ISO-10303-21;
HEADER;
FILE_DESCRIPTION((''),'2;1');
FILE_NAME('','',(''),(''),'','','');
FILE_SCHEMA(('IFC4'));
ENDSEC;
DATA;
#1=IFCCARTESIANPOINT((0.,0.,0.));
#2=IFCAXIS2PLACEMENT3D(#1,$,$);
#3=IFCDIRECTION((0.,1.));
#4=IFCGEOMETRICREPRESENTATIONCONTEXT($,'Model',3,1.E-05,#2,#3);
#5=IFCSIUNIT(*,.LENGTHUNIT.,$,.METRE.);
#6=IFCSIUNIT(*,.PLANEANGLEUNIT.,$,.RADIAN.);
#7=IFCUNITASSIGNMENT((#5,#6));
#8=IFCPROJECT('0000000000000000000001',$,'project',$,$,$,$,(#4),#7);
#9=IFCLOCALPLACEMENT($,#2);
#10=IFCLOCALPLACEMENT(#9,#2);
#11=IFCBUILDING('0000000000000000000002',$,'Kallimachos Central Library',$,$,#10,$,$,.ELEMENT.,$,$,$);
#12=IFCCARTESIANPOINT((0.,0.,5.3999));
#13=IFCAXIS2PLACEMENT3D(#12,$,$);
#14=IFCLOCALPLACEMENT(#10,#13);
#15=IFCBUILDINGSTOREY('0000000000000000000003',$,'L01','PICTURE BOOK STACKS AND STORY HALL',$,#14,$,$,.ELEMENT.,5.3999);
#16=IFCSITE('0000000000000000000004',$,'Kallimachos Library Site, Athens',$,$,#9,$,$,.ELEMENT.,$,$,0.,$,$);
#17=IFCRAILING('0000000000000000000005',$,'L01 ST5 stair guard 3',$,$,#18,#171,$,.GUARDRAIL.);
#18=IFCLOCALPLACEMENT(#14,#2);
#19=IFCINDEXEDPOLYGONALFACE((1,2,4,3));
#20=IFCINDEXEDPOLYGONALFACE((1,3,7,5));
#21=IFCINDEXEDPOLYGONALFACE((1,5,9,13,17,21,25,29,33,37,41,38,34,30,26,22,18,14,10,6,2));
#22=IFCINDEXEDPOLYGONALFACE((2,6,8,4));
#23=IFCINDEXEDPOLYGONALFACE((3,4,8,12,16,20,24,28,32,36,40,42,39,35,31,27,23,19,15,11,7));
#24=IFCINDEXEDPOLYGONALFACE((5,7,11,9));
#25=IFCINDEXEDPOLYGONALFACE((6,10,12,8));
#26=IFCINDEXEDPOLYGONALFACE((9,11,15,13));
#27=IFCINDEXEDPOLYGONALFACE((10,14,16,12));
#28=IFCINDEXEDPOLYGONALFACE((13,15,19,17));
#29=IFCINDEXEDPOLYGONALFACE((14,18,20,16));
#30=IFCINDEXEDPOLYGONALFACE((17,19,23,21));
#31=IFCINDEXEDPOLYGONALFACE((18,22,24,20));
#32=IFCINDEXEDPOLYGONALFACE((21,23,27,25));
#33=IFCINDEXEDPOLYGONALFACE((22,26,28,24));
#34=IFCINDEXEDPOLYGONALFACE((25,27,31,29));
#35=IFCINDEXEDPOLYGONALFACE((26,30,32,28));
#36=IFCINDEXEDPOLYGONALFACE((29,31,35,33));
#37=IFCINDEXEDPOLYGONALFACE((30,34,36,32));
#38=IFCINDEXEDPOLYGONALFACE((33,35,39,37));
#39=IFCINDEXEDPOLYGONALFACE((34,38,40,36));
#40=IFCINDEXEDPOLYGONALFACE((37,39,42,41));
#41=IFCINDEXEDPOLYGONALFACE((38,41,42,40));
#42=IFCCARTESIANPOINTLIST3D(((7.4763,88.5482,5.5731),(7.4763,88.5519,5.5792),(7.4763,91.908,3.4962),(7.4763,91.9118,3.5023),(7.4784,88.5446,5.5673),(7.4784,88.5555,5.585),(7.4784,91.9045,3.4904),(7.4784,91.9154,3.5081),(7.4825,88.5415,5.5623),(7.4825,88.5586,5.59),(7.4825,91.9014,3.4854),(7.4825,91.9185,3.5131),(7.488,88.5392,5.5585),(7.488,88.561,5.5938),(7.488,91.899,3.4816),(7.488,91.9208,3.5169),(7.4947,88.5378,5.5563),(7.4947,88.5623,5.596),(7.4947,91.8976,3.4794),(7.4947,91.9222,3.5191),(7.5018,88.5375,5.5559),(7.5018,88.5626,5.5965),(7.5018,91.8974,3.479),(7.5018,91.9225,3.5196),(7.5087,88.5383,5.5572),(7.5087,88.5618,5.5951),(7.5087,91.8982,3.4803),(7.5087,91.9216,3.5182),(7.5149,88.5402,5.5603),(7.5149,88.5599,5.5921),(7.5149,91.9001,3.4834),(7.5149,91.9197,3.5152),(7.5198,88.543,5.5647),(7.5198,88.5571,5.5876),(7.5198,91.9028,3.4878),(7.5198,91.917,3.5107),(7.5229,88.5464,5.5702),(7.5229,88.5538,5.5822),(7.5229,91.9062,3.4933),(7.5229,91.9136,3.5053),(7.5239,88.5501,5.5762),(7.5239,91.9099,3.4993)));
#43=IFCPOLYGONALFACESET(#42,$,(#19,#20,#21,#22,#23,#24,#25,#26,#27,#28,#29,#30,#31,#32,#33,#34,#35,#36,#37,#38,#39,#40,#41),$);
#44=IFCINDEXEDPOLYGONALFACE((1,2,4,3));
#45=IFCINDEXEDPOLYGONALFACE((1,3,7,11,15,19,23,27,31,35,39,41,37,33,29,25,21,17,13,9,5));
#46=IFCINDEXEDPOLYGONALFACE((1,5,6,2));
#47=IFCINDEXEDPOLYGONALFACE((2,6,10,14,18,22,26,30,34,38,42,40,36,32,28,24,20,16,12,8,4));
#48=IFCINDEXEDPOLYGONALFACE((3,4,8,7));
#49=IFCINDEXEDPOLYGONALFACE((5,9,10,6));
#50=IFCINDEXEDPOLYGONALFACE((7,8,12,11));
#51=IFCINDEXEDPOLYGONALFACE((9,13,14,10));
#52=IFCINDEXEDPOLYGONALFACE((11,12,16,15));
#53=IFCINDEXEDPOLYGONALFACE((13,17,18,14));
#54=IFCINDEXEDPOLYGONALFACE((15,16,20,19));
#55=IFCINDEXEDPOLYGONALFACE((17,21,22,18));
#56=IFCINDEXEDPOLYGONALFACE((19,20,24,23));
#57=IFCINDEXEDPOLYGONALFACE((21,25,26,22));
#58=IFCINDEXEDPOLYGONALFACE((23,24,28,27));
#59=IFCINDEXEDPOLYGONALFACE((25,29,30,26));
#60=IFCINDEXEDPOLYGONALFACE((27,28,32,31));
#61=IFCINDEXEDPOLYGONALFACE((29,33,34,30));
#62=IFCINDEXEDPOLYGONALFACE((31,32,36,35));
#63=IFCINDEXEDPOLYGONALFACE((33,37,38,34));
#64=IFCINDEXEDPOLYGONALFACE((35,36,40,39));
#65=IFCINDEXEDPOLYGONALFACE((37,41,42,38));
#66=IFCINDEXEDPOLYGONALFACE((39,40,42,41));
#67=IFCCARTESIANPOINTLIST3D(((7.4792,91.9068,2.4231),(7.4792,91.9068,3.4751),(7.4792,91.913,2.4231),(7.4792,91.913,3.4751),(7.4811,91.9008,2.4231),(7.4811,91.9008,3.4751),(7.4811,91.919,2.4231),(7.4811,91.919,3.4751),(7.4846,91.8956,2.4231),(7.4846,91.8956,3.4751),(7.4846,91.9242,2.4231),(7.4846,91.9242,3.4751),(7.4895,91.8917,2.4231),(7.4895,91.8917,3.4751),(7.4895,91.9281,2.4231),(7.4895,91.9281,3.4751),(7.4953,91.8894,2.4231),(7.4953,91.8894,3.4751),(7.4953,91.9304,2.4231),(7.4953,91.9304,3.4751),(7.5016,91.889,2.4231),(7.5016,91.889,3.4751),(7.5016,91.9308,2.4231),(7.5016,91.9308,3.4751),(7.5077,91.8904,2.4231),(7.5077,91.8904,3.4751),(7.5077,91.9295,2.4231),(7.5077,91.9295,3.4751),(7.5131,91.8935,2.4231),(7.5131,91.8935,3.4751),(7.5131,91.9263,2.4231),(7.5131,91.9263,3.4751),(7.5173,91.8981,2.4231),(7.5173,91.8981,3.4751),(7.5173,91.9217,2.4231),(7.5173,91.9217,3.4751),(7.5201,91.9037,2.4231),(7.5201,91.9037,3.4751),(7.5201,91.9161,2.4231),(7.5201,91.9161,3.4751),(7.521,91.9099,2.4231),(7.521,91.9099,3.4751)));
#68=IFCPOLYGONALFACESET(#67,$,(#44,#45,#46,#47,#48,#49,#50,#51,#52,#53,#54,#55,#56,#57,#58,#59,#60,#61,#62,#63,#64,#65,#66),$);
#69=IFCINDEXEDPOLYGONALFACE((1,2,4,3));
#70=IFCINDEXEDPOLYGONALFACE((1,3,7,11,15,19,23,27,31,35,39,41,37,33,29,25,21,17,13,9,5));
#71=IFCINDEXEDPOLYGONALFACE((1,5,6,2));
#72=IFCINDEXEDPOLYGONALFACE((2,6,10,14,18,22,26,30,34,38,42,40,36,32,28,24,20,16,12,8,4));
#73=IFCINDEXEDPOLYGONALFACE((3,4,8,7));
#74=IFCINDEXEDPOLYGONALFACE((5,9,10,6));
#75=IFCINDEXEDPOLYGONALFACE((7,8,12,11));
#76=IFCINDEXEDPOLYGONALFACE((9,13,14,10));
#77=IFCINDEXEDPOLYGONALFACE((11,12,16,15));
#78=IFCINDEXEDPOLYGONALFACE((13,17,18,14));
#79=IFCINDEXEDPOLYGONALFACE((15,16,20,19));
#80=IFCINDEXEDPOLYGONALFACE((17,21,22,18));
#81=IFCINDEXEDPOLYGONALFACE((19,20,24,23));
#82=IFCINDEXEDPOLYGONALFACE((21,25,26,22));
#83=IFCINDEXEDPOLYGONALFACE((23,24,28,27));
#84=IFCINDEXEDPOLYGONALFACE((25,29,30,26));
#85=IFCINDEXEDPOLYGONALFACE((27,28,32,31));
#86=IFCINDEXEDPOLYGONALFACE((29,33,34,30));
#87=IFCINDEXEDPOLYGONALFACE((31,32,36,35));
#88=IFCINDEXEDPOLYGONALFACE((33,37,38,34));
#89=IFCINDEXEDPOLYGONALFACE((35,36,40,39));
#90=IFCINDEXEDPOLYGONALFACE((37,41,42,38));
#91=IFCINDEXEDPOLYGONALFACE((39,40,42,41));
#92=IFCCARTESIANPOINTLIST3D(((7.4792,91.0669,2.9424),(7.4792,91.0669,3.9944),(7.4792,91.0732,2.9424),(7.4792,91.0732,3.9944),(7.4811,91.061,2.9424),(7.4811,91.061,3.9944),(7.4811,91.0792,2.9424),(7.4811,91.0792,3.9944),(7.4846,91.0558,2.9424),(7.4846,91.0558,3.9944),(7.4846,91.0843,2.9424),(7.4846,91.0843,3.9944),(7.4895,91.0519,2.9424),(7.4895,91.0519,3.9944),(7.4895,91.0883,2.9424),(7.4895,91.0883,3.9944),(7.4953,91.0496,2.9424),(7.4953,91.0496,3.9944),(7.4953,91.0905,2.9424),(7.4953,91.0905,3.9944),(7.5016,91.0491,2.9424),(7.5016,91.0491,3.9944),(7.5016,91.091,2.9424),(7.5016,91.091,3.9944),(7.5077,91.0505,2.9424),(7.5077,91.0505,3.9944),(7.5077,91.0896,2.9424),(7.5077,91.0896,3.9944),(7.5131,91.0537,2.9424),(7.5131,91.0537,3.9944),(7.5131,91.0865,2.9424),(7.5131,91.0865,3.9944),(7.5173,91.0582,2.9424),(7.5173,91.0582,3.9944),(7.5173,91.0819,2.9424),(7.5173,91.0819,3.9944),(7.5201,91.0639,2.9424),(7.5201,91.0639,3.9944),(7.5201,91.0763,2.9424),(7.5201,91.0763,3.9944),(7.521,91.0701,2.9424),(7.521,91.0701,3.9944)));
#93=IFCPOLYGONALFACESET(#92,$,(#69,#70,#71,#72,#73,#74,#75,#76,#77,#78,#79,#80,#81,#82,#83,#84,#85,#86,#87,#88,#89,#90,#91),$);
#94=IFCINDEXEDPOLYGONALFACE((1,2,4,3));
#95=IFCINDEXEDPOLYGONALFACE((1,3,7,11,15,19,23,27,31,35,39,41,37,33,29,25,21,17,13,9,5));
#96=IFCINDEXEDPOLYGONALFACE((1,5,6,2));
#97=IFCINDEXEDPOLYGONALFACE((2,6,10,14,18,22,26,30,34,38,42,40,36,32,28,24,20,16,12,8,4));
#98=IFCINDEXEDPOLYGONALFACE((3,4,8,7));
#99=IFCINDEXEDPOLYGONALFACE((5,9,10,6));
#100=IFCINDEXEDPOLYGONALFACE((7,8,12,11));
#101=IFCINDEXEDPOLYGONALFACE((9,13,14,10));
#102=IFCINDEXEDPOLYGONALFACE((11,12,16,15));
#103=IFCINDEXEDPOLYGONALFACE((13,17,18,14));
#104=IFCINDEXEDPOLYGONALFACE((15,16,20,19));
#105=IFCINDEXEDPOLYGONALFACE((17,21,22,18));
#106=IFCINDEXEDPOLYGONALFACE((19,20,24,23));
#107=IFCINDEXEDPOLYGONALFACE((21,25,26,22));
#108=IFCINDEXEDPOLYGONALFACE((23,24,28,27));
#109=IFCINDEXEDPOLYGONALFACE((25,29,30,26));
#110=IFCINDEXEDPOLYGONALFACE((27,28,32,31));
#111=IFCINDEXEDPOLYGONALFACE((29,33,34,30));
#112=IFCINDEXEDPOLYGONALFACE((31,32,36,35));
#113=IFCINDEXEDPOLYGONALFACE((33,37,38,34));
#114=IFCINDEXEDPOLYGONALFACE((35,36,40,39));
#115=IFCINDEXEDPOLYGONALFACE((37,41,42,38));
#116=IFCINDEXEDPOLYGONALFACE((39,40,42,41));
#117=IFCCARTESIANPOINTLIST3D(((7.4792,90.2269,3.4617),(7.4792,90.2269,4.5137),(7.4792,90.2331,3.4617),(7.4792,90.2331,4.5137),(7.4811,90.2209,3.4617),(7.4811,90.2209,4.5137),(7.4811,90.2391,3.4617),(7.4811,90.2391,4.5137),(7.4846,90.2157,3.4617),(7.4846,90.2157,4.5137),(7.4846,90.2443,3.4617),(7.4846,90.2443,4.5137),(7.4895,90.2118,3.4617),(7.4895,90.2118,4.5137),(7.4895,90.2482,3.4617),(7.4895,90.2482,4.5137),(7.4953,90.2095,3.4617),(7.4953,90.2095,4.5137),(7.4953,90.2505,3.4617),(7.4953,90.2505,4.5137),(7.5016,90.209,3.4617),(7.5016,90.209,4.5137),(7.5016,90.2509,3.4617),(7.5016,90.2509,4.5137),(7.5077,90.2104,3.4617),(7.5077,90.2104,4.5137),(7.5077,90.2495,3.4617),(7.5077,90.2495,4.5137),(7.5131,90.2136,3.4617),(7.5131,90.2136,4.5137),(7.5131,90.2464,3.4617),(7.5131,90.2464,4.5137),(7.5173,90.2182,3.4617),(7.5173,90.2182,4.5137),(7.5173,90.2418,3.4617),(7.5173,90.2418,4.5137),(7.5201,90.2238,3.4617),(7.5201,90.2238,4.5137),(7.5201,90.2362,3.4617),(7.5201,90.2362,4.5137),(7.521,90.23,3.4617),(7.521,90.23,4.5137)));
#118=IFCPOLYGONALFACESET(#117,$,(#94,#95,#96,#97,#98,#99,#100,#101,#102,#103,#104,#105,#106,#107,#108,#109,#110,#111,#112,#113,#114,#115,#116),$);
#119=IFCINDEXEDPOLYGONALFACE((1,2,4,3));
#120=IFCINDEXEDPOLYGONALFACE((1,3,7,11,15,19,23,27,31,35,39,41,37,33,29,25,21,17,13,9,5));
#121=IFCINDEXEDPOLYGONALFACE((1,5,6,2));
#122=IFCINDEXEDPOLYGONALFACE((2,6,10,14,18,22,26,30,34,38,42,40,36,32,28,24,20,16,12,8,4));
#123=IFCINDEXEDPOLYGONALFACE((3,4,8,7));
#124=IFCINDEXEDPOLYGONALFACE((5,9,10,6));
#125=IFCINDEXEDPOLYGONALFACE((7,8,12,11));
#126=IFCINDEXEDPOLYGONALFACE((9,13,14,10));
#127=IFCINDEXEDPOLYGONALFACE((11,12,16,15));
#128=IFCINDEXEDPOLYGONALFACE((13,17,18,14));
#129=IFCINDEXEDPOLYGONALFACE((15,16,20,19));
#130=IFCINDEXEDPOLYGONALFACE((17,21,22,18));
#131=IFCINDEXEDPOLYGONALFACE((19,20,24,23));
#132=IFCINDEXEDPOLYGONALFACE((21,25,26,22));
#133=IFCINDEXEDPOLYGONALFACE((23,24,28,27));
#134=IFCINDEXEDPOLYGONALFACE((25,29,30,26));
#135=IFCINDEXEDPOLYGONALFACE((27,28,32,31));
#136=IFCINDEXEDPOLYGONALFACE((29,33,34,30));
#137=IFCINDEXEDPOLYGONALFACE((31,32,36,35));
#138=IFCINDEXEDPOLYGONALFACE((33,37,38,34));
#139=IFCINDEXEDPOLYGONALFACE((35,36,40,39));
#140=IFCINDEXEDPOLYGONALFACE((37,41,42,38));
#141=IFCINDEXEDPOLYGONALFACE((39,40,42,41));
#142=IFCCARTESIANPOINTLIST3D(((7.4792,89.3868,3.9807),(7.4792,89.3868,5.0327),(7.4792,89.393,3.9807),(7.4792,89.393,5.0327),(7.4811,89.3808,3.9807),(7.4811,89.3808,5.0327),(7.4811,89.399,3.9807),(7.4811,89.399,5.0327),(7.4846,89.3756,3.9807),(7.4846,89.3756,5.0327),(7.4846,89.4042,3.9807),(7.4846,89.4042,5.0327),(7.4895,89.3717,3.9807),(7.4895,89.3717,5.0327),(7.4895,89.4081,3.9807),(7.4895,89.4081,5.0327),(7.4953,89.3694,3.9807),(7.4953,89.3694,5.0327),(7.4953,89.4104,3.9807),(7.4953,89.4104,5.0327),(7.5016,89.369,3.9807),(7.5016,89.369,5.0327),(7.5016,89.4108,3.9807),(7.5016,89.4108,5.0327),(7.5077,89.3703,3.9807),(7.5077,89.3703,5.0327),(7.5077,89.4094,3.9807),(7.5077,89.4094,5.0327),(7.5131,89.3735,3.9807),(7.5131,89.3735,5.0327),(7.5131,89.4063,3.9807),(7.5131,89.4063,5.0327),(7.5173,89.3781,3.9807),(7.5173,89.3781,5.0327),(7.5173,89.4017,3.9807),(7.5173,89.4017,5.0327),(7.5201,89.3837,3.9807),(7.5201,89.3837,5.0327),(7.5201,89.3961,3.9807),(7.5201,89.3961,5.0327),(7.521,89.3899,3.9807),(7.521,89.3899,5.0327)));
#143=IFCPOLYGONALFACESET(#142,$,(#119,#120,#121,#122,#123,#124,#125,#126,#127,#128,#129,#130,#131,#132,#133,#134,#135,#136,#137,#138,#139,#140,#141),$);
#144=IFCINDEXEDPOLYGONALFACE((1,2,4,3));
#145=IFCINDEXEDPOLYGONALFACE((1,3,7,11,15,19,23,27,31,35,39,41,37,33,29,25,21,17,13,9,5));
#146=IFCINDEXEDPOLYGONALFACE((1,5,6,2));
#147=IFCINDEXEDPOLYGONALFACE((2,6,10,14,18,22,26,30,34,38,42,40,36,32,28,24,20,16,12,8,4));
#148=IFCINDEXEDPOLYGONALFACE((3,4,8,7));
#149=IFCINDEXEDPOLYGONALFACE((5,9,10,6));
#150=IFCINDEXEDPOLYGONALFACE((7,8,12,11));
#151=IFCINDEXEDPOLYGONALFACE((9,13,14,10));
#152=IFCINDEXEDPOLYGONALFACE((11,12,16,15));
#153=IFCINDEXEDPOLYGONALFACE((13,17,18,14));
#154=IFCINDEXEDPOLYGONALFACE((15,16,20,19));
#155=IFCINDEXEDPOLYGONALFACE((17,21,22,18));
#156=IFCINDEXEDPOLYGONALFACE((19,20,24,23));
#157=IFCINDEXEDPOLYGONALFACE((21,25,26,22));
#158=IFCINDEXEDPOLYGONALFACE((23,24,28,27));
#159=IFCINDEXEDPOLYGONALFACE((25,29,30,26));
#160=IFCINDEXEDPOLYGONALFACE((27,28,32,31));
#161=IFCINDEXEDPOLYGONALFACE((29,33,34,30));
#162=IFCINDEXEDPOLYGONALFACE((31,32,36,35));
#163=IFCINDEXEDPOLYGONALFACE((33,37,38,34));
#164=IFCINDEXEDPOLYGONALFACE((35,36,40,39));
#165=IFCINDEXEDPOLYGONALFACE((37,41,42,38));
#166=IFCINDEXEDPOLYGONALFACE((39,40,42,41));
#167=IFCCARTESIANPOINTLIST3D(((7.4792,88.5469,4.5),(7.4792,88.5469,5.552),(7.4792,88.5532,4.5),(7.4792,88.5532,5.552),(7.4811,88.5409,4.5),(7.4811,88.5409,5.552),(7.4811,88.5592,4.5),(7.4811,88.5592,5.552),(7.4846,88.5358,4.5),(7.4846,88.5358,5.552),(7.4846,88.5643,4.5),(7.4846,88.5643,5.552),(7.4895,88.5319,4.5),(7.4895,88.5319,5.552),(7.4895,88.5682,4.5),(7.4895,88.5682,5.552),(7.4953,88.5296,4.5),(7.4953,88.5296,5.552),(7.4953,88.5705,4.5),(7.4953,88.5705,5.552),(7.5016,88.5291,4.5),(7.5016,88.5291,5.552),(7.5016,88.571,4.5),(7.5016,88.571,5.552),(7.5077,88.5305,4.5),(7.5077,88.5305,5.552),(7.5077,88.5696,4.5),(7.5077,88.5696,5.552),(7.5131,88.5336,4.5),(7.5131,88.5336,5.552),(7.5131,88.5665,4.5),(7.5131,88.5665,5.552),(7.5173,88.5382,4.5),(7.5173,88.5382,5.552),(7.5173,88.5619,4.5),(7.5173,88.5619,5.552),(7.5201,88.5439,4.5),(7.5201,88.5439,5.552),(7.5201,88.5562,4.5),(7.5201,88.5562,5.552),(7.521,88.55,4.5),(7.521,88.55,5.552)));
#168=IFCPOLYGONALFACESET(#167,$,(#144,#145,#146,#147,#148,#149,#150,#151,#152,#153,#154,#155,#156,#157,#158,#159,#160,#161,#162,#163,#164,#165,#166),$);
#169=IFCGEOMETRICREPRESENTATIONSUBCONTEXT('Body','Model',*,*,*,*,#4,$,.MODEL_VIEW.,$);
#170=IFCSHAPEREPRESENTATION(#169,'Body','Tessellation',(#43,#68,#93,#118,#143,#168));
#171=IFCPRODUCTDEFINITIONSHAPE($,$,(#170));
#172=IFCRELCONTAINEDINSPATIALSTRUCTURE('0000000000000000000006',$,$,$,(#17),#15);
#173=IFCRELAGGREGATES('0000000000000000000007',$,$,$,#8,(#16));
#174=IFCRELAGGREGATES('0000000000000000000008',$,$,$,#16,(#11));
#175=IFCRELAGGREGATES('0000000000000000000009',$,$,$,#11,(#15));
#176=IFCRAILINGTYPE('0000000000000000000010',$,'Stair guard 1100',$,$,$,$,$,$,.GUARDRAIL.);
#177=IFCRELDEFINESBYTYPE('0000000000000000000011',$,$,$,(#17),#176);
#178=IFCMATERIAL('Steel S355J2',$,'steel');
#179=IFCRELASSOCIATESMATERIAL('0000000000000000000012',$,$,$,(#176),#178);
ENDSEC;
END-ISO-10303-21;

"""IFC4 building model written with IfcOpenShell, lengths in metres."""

from ifc_helpers import new_model, si_unit, direction, frame, origin, origin_2d, place, context, subcontext, project, spatial, circle, extrude, material, type_object, element, save


model = new_model("IFC4")

# Units and contexts
model_context = context("Model", 3, precision=1e-05, world=origin(), true_north=direction((0.0, 1.0)))
body_context = subcontext(model_context, "Body", "Model", "MODEL_VIEW")
ifc_project = project(units=[si_unit("LENGTHUNIT", "METRE"), si_unit("PLANEANGLEUNIT", "RADIAN")], contexts=[model_context])

# Site, building, storey
site_placement = place(None, origin())
site = spatial("IfcSite", under=ifc_project, at=site_placement, Name="Kallimachos Library Site, Athens", CompositionType="ELEMENT", RefElevation=0.0)
building_placement = place(site_placement, origin())
building = spatial("IfcBuilding", under=site, at=building_placement, Name="Kallimachos Central Library", CompositionType="ELEMENT")
storey_placement = place(building_placement, frame((0.0, 0.0, 5.3999)))
storey = spatial("IfcBuildingStorey", under=building, at=storey_placement, Name="L01", Description="PICTURE BOOK STACKS AND STORY HALL", CompositionType="ELEMENT", Elevation=5.3999)

# Railing
ifc_material_1 = material(Name="Steel S355J2", Category="steel")
railing_type_1 = type_object("IfcRailingType", Name="Stair guard 1100", PredefinedType="GUARDRAIL", material=ifc_material_1)
railing_1_placement = place(storey_placement, frame((7.5, 91.9099, 2.4231)))
element("IfcRailing", 1, at=railing_1_placement, inside=storey, type_object=railing_type_1, Name="L01 ST5 stair guard 3", PredefinedType="GUARDRAIL", context=body_context, shape_type="SweptSolid", body=[
    extrude(circle(Radius=0.0239, at=origin_2d()), frame((0.0, 0.0, 1.0762), z_axis=(0.0, -0.850606, 0.525803), x_axis=(1.0, 0.0, 0.0)), (0.0, 0.0, 1.0), 3.95),
    extrude(circle(Radius=0.021, at=origin_2d()), origin(), (0.0, 0.0, 1.0), 1.052),
    extrude(circle(Radius=0.021, at=origin_2d()), frame((0.0, -0.8398, 0.5193)), (0.0, 0.0, 1.0), 1.052),
    extrude(circle(Radius=0.021, at=origin_2d()), frame((0.0, -1.6799, 1.0386)), (0.0, 0.0, 1.0), 1.052),
    extrude(circle(Radius=0.021, at=origin_2d()), frame((0.0, -2.52, 1.5576)), (0.0, 0.0, 1.0), 1.052),
    extrude(circle(Radius=0.021, at=origin_2d()), frame((0.0, -3.3599, 2.0769)), (0.0, 0.0, 1.0), 1.052),
])

save(model, "model.ifc")
